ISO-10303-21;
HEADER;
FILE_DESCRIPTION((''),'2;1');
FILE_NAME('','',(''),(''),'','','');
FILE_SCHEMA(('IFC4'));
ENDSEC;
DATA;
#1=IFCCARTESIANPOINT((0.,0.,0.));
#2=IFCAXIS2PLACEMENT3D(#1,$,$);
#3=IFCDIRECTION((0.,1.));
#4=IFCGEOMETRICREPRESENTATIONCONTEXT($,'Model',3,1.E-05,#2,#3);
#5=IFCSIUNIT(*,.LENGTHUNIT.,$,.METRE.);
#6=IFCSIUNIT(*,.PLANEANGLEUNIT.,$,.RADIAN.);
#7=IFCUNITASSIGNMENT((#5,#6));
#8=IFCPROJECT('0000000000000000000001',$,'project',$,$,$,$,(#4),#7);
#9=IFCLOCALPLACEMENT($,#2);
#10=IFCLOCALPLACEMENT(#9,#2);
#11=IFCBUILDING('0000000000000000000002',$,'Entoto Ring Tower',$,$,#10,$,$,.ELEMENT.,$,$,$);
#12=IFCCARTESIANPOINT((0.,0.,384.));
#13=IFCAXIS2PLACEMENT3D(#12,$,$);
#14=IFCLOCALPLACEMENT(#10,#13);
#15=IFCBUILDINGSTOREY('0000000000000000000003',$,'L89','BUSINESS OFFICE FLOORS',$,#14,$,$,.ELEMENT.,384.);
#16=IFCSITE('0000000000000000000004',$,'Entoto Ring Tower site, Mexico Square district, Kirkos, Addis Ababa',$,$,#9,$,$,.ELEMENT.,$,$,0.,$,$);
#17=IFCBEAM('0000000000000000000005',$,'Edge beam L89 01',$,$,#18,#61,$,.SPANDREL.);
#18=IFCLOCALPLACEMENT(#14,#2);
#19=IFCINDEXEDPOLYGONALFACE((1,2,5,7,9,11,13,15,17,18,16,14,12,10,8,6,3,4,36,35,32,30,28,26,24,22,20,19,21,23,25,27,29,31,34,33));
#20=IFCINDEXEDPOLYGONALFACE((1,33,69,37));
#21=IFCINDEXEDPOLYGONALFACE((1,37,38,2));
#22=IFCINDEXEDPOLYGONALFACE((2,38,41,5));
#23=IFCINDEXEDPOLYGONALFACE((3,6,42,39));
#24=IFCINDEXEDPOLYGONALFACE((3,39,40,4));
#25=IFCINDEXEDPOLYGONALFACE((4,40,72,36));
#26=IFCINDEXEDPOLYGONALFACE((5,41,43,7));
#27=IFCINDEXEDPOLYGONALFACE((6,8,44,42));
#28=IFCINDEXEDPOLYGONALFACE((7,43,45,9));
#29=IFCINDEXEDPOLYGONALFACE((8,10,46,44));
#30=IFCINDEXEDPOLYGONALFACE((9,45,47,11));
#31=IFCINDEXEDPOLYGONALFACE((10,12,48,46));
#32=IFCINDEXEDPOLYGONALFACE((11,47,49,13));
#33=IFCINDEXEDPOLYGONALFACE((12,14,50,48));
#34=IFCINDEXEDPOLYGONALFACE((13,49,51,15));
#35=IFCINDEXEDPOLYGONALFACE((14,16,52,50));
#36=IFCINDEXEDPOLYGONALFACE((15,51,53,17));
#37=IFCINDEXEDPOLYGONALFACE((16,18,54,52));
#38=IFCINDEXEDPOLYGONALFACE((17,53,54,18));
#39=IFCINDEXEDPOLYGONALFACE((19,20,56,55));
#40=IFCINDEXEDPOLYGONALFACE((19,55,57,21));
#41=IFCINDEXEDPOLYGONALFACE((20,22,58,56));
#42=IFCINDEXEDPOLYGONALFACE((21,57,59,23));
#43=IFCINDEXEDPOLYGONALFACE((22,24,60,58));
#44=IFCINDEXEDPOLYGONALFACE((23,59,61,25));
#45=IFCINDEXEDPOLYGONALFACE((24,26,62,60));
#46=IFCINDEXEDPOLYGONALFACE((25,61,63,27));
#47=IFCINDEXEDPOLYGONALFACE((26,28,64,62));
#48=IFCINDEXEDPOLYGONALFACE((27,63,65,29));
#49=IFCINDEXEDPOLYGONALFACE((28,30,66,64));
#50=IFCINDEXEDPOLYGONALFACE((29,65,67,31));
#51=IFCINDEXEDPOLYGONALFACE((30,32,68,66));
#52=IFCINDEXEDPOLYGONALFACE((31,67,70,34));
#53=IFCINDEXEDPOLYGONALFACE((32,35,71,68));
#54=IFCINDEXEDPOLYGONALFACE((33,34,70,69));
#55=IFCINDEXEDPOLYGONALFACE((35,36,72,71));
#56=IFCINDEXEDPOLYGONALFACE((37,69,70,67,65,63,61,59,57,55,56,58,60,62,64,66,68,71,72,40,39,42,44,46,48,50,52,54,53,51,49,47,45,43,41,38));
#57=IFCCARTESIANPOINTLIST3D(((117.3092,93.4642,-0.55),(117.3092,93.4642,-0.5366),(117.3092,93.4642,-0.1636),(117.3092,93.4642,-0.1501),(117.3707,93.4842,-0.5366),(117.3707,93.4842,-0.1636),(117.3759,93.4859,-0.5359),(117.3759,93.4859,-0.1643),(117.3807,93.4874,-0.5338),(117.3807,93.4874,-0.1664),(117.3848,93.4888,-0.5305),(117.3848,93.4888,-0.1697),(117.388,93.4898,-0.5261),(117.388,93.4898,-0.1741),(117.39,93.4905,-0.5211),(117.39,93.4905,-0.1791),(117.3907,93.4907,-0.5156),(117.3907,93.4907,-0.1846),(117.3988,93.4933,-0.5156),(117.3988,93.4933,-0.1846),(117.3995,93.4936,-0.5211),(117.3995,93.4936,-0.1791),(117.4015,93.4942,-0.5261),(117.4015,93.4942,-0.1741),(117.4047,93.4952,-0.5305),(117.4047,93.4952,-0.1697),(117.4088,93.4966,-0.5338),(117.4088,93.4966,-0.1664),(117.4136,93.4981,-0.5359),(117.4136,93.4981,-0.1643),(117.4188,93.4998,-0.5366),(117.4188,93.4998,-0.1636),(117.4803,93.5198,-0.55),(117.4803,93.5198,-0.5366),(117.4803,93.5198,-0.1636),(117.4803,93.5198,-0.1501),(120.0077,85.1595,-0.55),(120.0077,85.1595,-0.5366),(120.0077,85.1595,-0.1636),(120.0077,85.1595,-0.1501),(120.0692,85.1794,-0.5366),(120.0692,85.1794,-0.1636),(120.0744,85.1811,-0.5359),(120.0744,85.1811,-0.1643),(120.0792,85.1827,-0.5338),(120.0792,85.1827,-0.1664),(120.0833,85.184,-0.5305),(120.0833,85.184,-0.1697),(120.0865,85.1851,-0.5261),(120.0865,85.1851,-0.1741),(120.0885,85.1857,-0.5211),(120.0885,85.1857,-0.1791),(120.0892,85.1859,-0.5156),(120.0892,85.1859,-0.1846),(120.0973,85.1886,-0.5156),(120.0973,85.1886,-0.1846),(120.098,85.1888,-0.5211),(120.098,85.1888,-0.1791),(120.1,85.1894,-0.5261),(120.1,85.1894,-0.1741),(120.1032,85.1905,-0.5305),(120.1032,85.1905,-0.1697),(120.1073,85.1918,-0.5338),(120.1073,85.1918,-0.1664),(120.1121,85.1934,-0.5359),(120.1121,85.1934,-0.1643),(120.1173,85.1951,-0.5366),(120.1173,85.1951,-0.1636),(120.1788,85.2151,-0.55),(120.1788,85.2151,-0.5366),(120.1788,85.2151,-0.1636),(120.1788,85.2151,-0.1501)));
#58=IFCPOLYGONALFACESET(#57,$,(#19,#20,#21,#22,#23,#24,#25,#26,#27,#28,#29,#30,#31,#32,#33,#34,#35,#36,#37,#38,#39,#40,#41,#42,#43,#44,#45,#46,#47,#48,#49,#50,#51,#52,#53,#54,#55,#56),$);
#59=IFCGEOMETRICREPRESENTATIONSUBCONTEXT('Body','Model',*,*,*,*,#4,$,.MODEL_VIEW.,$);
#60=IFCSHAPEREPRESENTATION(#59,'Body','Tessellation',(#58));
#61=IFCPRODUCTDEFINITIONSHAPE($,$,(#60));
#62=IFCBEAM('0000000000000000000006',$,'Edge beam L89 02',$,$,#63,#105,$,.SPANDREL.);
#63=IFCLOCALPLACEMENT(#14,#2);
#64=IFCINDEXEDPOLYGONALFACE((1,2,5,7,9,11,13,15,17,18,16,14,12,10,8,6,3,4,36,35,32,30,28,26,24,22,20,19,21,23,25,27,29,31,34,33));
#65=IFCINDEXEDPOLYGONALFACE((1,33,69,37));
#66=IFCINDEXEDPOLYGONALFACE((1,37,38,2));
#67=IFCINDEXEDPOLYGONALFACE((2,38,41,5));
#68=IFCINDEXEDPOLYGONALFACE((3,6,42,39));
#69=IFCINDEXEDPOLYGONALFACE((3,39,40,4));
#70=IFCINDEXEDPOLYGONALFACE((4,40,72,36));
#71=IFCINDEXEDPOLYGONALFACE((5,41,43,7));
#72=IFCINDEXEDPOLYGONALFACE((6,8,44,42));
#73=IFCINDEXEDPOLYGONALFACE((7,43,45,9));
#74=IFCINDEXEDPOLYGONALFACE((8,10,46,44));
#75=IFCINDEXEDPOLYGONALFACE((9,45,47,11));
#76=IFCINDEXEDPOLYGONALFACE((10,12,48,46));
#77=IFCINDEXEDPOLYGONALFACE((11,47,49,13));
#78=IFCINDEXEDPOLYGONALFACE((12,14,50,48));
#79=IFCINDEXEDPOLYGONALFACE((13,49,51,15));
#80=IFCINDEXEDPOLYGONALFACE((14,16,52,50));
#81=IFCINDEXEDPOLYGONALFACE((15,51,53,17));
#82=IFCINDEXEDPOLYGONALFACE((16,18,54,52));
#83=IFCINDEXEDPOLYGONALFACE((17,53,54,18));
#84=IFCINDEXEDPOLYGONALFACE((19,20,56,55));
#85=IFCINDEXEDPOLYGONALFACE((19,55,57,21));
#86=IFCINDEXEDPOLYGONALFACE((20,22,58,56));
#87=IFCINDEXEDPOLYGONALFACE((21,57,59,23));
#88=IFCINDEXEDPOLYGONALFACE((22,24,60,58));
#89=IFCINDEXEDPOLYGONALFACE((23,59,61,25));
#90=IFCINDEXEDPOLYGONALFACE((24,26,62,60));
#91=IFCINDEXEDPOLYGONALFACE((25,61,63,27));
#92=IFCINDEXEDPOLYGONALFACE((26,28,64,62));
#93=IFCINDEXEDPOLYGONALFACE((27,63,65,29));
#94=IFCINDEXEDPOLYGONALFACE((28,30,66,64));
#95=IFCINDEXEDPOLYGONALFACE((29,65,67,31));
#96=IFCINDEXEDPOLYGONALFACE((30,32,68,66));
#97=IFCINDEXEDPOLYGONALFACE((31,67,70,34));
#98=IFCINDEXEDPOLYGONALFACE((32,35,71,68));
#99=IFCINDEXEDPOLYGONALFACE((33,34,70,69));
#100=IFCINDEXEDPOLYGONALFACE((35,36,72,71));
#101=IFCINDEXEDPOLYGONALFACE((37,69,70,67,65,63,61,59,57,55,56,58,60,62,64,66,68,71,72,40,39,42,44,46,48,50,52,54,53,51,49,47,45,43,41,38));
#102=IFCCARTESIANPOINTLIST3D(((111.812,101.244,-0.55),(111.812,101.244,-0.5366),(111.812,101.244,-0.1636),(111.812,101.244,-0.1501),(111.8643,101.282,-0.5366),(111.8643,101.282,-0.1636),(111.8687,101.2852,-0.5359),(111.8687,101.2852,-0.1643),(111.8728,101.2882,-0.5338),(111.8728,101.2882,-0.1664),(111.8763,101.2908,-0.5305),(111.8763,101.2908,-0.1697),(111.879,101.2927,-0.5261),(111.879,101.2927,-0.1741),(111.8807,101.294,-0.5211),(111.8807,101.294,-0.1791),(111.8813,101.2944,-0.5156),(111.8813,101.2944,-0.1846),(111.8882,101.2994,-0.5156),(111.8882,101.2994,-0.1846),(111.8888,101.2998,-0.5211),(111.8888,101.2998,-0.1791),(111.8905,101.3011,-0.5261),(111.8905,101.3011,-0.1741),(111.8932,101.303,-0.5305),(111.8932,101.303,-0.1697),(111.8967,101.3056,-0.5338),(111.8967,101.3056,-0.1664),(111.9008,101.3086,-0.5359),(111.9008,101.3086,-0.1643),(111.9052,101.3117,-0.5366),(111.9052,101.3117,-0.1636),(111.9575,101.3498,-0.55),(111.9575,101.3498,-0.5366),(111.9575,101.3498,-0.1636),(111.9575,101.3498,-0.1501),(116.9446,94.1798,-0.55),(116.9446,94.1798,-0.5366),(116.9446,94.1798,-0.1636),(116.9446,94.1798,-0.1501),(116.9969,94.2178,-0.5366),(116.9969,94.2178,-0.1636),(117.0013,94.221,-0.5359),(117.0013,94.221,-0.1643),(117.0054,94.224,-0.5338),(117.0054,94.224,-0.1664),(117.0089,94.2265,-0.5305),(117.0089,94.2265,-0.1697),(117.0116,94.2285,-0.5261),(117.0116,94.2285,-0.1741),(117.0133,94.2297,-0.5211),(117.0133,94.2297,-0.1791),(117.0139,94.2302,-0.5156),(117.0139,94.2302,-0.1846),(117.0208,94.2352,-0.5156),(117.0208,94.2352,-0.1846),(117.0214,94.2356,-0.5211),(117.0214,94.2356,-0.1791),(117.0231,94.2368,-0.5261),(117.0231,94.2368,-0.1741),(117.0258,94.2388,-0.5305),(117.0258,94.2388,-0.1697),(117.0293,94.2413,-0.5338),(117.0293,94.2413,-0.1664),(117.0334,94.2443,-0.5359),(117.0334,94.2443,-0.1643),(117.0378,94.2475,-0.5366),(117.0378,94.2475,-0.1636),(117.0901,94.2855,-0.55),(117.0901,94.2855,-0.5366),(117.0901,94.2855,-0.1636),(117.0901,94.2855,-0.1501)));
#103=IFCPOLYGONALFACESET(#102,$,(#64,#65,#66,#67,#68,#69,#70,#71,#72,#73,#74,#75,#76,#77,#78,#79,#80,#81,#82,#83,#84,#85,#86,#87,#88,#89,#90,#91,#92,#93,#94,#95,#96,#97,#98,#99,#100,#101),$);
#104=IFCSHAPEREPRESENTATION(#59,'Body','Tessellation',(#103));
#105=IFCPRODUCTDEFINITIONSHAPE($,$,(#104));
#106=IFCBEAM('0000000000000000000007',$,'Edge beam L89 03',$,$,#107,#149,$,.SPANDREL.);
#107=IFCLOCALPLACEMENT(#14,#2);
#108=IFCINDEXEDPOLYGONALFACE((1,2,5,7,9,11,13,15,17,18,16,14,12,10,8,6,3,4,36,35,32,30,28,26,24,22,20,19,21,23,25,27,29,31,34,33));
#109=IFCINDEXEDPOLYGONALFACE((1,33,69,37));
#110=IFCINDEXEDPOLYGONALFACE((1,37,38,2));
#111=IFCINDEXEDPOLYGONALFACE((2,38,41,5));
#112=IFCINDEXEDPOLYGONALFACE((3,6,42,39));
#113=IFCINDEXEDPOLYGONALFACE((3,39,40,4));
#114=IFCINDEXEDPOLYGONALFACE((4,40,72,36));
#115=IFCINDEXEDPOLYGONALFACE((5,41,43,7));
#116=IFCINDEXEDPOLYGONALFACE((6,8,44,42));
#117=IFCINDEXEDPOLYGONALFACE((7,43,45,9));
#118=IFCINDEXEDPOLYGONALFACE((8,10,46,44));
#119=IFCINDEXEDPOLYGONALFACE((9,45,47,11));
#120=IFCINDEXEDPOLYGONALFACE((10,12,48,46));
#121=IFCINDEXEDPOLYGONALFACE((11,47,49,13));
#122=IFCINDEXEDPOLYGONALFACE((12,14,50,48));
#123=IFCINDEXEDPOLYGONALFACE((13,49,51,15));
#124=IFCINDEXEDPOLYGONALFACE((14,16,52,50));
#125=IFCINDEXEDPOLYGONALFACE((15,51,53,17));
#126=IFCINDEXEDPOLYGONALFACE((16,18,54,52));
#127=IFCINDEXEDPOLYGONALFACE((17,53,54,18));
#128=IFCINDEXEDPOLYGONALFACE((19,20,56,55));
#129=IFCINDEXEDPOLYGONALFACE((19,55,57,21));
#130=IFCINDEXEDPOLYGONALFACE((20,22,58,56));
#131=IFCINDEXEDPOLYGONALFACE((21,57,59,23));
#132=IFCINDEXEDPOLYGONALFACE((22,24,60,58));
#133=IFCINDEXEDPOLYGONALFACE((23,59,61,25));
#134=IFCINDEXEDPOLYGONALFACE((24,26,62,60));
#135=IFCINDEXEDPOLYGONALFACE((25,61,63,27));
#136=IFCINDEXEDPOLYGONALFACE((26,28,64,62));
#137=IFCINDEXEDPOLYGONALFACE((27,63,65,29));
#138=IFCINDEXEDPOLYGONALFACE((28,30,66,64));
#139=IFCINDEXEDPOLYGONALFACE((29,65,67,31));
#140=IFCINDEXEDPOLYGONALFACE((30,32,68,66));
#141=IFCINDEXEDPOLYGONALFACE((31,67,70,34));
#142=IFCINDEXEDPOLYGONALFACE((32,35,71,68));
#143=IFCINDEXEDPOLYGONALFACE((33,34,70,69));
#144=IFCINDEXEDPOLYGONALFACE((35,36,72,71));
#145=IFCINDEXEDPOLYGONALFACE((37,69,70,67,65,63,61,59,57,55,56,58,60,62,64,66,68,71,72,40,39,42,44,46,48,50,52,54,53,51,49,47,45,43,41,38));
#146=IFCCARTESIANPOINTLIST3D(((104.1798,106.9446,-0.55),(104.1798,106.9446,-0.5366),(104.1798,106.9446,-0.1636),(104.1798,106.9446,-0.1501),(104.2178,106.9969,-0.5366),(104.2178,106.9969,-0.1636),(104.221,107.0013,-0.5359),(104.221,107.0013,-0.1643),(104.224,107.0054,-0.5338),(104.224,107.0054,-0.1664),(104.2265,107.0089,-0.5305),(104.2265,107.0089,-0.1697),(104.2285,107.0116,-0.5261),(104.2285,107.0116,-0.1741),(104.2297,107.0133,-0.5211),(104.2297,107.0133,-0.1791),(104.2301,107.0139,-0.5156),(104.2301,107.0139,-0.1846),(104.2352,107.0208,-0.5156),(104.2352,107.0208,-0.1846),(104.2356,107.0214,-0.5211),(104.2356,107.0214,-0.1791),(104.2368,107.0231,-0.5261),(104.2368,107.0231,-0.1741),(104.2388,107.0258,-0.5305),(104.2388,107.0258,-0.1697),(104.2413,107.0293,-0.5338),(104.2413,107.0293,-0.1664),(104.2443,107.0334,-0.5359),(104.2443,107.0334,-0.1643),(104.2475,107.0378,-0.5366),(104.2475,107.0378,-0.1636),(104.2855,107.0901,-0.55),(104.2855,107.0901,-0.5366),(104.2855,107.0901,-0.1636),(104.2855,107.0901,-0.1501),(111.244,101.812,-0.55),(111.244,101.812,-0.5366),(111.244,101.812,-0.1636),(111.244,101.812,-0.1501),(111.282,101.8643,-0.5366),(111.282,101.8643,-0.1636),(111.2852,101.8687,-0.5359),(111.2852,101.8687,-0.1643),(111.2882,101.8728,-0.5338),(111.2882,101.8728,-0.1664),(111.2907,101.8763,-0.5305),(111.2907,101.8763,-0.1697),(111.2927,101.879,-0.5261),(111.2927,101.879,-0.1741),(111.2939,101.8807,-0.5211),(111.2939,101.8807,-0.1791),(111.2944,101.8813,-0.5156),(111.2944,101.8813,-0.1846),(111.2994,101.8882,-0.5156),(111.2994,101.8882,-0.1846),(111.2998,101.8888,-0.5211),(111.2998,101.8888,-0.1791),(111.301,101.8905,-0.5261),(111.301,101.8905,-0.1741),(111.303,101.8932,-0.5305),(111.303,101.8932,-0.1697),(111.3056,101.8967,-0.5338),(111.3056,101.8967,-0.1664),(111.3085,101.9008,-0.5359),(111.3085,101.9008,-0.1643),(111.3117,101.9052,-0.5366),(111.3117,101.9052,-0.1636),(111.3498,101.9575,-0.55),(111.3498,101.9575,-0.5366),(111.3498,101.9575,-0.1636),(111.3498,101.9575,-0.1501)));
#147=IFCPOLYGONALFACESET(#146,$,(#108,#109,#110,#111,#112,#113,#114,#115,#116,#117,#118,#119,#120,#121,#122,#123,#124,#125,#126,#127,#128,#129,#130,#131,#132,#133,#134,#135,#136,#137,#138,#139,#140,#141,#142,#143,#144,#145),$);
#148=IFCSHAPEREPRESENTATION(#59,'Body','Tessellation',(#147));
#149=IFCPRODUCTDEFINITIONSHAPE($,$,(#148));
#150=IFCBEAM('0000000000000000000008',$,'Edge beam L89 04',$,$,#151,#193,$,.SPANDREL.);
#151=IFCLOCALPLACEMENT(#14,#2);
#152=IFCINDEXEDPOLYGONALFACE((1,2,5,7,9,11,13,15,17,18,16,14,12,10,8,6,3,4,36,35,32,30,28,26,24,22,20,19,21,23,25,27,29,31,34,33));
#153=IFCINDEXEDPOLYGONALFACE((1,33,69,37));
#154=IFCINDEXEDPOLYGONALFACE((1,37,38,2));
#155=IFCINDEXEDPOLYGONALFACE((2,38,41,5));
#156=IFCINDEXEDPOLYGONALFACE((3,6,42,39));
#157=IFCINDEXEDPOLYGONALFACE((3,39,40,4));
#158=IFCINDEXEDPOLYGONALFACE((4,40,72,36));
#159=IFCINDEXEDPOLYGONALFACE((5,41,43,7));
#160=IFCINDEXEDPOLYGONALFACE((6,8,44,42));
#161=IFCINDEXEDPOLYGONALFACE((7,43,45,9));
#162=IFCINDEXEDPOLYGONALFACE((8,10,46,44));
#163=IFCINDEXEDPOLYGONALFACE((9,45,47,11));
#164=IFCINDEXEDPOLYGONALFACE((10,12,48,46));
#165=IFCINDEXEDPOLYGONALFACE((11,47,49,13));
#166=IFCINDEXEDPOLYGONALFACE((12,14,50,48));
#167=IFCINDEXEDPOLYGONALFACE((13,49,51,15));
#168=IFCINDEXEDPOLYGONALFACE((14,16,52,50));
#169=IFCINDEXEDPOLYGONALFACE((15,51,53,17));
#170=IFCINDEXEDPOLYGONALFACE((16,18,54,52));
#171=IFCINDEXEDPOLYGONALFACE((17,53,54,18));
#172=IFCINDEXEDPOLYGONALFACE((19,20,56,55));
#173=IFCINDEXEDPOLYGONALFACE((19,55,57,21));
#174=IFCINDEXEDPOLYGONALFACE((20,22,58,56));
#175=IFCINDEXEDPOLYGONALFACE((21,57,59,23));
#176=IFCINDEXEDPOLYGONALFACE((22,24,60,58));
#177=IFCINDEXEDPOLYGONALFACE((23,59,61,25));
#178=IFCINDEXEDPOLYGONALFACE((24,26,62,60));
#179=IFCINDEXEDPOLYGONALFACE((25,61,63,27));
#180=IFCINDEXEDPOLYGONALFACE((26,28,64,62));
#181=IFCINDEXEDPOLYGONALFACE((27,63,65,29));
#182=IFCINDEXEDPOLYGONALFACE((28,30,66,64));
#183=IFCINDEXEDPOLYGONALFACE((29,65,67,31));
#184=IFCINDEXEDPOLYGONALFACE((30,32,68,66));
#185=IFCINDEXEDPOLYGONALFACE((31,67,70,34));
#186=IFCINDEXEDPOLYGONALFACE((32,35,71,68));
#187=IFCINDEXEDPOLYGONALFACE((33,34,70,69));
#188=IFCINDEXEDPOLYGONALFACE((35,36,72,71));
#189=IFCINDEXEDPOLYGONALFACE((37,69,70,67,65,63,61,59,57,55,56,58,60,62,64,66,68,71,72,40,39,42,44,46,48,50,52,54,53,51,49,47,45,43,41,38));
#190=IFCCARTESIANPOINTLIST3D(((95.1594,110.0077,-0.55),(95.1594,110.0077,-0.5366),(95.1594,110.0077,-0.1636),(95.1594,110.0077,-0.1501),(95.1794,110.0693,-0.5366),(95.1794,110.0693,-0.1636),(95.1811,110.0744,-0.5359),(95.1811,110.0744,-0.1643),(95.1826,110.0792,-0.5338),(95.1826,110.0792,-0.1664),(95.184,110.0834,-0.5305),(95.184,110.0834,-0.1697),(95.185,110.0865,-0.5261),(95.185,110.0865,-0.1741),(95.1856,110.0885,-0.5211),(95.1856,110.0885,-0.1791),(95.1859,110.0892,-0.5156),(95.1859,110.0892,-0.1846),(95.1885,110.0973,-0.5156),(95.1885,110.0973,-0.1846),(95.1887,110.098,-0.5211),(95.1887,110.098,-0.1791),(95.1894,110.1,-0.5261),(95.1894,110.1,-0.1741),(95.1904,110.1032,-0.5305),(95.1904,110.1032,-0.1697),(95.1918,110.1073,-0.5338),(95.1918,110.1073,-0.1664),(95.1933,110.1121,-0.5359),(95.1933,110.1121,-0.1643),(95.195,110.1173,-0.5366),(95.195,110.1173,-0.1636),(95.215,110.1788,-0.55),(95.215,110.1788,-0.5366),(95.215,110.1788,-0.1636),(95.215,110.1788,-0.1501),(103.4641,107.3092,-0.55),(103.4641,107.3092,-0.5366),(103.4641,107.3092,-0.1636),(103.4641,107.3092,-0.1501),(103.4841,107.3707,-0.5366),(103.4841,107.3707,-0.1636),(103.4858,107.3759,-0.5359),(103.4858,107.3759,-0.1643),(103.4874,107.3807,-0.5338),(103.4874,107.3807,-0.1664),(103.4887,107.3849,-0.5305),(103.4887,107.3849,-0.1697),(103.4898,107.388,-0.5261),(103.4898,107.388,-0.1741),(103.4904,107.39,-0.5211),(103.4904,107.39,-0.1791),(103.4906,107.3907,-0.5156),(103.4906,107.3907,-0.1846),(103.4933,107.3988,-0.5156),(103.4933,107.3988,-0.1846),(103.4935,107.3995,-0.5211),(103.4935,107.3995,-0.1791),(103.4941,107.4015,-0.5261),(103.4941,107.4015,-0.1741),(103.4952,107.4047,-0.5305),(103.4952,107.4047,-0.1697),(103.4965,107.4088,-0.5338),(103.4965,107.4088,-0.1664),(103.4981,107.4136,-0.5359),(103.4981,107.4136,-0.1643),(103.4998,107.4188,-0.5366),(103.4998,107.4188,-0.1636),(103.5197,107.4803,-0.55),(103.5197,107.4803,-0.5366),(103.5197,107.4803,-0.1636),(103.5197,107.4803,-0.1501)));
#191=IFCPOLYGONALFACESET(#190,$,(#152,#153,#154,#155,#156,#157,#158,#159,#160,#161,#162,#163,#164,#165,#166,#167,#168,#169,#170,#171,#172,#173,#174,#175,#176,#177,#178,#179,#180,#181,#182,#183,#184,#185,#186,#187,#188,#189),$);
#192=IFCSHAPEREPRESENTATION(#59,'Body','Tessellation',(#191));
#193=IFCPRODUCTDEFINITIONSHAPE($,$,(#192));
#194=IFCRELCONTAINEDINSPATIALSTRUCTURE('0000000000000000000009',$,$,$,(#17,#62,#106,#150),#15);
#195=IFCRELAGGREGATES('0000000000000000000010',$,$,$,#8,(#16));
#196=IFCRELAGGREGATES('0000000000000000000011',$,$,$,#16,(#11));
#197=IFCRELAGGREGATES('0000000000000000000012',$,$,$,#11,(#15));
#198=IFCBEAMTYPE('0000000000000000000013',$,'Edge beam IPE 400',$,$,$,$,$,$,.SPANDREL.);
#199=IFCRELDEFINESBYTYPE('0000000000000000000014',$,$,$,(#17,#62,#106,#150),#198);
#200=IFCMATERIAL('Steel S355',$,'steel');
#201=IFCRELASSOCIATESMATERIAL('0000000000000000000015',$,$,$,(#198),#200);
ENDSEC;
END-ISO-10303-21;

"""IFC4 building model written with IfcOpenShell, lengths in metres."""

from ifc_helpers import new_model, si_unit, direction, frame, origin, origin_2d, place, context, subcontext, project, spatial, i_section, extrude, material, material_profile, profile_set, type_object, element, save


model = new_model("IFC4")

# Units and contexts
model_context = context("Model", 3, precision=1e-05, world=origin(), true_north=direction((0.0, 1.0)))
body_context = subcontext(model_context, "Body", "Model", "MODEL_VIEW")
ifc_project = project(units=[si_unit("LENGTHUNIT", "METRE"), si_unit("PLANEANGLEUNIT", "RADIAN")], contexts=[model_context])

# Site, building, storey
site_placement = place(None, origin())
site = spatial("IfcSite", under=ifc_project, at=site_placement, Name="Entoto Ring Tower site, Mexico Square district, Kirkos, Addis Ababa", CompositionType="ELEMENT", RefElevation=0.0)
building_placement = place(site_placement, origin())
building = spatial("IfcBuilding", under=site, at=building_placement, Name="Entoto Ring Tower", CompositionType="ELEMENT")
storey_placement = place(building_placement, frame((0.0, 0.0, 384.0)))
storey = spatial("IfcBuildingStorey", under=building, at=storey_placement, Name="L89", Description="BUSINESS OFFICE FLOORS", CompositionType="ELEMENT", Elevation=384.0)

# Beams
ifc_material_1 = material(Name="Steel S355", Category="steel")
ifc_material_profile_1 = material_profile(ifc_material_1, i_section(OverallWidth=0.1799, OverallDepth=0.3999, WebThickness=0.0085, FlangeThickness=0.0134, FilletRadius=0.021, at=origin_2d()), Name="IPE 400")
ifc_profile_set_1 = profile_set([ifc_material_profile_1], Name="Steel S355")
beam_type_1 = type_object("IfcBeamType", Name="Edge beam IPE 400", PredefinedType="SPANDREL", material=ifc_profile_set_1)
beam_1_placement = place(storey_placement, frame((120.0933, 85.1873, -0.3501), z_axis=(-0.30903, 0.951052, 0.0), x_axis=(-0.951052, -0.30903, 0.0)))
element("IfcBeam", 1, at=beam_1_placement, inside=storey, type_object=beam_type_1, Name="Edge beam L89 01", PredefinedType="SPANDREL", context=body_context, shape_type="SweptSolid", body=[
    extrude(i_section(OverallWidth=0.1799, OverallDepth=0.3999, WebThickness=0.0085, FlangeThickness=0.0134, FilletRadius=0.021, at=origin_2d()), origin(), (0.0, 0.0, 1.0), 8.7322),
])
for number, where, z_axis, x_axis, name in (
    (2, (117.0173, 94.2327, -0.3501), (-0.587794, 0.80901, 0.0), (-0.80901, -0.587794, 0.0), "Edge beam L89 02"),
    (3, (111.2969, 101.8848, -0.3501), (-0.80901, 0.587794, 0.0), (-0.587794, -0.80901, 0.0), "Edge beam L89 03"),
):
    element("IfcBeam", number, at=place(storey_placement, frame(where, z_axis=z_axis, x_axis=x_axis)), inside=storey, type_object=beam_type_1, Name=name, PredefinedType="SPANDREL", context=body_context, shape_type="SweptSolid", body=[
        extrude(i_section(OverallWidth=0.1799, OverallDepth=0.3999, WebThickness=0.0085, FlangeThickness=0.0134, FilletRadius=0.021, at=origin_2d()), origin(), (0.0, 0.0, 1.0), 8.7319),
    ])
beam_2_placement = place(storey_placement, frame((103.4919, 107.3948, -0.3501), z_axis=(-0.951052, 0.30903, 0.0), x_axis=(-0.30903, -0.951052, 0.0)))
element("IfcBeam", 4, at=beam_2_placement, inside=storey, type_object=beam_type_1, Name="Edge beam L89 04", PredefinedType="SPANDREL", context=body_context, shape_type="SweptSolid", body=[
    extrude(i_section(OverallWidth=0.1799, OverallDepth=0.3999, WebThickness=0.0085, FlangeThickness=0.0134, FilletRadius=0.021, at=origin_2d()), origin(), (0.0, 0.0, 1.0), 8.7322),
])

save(model, "model.ifc")
